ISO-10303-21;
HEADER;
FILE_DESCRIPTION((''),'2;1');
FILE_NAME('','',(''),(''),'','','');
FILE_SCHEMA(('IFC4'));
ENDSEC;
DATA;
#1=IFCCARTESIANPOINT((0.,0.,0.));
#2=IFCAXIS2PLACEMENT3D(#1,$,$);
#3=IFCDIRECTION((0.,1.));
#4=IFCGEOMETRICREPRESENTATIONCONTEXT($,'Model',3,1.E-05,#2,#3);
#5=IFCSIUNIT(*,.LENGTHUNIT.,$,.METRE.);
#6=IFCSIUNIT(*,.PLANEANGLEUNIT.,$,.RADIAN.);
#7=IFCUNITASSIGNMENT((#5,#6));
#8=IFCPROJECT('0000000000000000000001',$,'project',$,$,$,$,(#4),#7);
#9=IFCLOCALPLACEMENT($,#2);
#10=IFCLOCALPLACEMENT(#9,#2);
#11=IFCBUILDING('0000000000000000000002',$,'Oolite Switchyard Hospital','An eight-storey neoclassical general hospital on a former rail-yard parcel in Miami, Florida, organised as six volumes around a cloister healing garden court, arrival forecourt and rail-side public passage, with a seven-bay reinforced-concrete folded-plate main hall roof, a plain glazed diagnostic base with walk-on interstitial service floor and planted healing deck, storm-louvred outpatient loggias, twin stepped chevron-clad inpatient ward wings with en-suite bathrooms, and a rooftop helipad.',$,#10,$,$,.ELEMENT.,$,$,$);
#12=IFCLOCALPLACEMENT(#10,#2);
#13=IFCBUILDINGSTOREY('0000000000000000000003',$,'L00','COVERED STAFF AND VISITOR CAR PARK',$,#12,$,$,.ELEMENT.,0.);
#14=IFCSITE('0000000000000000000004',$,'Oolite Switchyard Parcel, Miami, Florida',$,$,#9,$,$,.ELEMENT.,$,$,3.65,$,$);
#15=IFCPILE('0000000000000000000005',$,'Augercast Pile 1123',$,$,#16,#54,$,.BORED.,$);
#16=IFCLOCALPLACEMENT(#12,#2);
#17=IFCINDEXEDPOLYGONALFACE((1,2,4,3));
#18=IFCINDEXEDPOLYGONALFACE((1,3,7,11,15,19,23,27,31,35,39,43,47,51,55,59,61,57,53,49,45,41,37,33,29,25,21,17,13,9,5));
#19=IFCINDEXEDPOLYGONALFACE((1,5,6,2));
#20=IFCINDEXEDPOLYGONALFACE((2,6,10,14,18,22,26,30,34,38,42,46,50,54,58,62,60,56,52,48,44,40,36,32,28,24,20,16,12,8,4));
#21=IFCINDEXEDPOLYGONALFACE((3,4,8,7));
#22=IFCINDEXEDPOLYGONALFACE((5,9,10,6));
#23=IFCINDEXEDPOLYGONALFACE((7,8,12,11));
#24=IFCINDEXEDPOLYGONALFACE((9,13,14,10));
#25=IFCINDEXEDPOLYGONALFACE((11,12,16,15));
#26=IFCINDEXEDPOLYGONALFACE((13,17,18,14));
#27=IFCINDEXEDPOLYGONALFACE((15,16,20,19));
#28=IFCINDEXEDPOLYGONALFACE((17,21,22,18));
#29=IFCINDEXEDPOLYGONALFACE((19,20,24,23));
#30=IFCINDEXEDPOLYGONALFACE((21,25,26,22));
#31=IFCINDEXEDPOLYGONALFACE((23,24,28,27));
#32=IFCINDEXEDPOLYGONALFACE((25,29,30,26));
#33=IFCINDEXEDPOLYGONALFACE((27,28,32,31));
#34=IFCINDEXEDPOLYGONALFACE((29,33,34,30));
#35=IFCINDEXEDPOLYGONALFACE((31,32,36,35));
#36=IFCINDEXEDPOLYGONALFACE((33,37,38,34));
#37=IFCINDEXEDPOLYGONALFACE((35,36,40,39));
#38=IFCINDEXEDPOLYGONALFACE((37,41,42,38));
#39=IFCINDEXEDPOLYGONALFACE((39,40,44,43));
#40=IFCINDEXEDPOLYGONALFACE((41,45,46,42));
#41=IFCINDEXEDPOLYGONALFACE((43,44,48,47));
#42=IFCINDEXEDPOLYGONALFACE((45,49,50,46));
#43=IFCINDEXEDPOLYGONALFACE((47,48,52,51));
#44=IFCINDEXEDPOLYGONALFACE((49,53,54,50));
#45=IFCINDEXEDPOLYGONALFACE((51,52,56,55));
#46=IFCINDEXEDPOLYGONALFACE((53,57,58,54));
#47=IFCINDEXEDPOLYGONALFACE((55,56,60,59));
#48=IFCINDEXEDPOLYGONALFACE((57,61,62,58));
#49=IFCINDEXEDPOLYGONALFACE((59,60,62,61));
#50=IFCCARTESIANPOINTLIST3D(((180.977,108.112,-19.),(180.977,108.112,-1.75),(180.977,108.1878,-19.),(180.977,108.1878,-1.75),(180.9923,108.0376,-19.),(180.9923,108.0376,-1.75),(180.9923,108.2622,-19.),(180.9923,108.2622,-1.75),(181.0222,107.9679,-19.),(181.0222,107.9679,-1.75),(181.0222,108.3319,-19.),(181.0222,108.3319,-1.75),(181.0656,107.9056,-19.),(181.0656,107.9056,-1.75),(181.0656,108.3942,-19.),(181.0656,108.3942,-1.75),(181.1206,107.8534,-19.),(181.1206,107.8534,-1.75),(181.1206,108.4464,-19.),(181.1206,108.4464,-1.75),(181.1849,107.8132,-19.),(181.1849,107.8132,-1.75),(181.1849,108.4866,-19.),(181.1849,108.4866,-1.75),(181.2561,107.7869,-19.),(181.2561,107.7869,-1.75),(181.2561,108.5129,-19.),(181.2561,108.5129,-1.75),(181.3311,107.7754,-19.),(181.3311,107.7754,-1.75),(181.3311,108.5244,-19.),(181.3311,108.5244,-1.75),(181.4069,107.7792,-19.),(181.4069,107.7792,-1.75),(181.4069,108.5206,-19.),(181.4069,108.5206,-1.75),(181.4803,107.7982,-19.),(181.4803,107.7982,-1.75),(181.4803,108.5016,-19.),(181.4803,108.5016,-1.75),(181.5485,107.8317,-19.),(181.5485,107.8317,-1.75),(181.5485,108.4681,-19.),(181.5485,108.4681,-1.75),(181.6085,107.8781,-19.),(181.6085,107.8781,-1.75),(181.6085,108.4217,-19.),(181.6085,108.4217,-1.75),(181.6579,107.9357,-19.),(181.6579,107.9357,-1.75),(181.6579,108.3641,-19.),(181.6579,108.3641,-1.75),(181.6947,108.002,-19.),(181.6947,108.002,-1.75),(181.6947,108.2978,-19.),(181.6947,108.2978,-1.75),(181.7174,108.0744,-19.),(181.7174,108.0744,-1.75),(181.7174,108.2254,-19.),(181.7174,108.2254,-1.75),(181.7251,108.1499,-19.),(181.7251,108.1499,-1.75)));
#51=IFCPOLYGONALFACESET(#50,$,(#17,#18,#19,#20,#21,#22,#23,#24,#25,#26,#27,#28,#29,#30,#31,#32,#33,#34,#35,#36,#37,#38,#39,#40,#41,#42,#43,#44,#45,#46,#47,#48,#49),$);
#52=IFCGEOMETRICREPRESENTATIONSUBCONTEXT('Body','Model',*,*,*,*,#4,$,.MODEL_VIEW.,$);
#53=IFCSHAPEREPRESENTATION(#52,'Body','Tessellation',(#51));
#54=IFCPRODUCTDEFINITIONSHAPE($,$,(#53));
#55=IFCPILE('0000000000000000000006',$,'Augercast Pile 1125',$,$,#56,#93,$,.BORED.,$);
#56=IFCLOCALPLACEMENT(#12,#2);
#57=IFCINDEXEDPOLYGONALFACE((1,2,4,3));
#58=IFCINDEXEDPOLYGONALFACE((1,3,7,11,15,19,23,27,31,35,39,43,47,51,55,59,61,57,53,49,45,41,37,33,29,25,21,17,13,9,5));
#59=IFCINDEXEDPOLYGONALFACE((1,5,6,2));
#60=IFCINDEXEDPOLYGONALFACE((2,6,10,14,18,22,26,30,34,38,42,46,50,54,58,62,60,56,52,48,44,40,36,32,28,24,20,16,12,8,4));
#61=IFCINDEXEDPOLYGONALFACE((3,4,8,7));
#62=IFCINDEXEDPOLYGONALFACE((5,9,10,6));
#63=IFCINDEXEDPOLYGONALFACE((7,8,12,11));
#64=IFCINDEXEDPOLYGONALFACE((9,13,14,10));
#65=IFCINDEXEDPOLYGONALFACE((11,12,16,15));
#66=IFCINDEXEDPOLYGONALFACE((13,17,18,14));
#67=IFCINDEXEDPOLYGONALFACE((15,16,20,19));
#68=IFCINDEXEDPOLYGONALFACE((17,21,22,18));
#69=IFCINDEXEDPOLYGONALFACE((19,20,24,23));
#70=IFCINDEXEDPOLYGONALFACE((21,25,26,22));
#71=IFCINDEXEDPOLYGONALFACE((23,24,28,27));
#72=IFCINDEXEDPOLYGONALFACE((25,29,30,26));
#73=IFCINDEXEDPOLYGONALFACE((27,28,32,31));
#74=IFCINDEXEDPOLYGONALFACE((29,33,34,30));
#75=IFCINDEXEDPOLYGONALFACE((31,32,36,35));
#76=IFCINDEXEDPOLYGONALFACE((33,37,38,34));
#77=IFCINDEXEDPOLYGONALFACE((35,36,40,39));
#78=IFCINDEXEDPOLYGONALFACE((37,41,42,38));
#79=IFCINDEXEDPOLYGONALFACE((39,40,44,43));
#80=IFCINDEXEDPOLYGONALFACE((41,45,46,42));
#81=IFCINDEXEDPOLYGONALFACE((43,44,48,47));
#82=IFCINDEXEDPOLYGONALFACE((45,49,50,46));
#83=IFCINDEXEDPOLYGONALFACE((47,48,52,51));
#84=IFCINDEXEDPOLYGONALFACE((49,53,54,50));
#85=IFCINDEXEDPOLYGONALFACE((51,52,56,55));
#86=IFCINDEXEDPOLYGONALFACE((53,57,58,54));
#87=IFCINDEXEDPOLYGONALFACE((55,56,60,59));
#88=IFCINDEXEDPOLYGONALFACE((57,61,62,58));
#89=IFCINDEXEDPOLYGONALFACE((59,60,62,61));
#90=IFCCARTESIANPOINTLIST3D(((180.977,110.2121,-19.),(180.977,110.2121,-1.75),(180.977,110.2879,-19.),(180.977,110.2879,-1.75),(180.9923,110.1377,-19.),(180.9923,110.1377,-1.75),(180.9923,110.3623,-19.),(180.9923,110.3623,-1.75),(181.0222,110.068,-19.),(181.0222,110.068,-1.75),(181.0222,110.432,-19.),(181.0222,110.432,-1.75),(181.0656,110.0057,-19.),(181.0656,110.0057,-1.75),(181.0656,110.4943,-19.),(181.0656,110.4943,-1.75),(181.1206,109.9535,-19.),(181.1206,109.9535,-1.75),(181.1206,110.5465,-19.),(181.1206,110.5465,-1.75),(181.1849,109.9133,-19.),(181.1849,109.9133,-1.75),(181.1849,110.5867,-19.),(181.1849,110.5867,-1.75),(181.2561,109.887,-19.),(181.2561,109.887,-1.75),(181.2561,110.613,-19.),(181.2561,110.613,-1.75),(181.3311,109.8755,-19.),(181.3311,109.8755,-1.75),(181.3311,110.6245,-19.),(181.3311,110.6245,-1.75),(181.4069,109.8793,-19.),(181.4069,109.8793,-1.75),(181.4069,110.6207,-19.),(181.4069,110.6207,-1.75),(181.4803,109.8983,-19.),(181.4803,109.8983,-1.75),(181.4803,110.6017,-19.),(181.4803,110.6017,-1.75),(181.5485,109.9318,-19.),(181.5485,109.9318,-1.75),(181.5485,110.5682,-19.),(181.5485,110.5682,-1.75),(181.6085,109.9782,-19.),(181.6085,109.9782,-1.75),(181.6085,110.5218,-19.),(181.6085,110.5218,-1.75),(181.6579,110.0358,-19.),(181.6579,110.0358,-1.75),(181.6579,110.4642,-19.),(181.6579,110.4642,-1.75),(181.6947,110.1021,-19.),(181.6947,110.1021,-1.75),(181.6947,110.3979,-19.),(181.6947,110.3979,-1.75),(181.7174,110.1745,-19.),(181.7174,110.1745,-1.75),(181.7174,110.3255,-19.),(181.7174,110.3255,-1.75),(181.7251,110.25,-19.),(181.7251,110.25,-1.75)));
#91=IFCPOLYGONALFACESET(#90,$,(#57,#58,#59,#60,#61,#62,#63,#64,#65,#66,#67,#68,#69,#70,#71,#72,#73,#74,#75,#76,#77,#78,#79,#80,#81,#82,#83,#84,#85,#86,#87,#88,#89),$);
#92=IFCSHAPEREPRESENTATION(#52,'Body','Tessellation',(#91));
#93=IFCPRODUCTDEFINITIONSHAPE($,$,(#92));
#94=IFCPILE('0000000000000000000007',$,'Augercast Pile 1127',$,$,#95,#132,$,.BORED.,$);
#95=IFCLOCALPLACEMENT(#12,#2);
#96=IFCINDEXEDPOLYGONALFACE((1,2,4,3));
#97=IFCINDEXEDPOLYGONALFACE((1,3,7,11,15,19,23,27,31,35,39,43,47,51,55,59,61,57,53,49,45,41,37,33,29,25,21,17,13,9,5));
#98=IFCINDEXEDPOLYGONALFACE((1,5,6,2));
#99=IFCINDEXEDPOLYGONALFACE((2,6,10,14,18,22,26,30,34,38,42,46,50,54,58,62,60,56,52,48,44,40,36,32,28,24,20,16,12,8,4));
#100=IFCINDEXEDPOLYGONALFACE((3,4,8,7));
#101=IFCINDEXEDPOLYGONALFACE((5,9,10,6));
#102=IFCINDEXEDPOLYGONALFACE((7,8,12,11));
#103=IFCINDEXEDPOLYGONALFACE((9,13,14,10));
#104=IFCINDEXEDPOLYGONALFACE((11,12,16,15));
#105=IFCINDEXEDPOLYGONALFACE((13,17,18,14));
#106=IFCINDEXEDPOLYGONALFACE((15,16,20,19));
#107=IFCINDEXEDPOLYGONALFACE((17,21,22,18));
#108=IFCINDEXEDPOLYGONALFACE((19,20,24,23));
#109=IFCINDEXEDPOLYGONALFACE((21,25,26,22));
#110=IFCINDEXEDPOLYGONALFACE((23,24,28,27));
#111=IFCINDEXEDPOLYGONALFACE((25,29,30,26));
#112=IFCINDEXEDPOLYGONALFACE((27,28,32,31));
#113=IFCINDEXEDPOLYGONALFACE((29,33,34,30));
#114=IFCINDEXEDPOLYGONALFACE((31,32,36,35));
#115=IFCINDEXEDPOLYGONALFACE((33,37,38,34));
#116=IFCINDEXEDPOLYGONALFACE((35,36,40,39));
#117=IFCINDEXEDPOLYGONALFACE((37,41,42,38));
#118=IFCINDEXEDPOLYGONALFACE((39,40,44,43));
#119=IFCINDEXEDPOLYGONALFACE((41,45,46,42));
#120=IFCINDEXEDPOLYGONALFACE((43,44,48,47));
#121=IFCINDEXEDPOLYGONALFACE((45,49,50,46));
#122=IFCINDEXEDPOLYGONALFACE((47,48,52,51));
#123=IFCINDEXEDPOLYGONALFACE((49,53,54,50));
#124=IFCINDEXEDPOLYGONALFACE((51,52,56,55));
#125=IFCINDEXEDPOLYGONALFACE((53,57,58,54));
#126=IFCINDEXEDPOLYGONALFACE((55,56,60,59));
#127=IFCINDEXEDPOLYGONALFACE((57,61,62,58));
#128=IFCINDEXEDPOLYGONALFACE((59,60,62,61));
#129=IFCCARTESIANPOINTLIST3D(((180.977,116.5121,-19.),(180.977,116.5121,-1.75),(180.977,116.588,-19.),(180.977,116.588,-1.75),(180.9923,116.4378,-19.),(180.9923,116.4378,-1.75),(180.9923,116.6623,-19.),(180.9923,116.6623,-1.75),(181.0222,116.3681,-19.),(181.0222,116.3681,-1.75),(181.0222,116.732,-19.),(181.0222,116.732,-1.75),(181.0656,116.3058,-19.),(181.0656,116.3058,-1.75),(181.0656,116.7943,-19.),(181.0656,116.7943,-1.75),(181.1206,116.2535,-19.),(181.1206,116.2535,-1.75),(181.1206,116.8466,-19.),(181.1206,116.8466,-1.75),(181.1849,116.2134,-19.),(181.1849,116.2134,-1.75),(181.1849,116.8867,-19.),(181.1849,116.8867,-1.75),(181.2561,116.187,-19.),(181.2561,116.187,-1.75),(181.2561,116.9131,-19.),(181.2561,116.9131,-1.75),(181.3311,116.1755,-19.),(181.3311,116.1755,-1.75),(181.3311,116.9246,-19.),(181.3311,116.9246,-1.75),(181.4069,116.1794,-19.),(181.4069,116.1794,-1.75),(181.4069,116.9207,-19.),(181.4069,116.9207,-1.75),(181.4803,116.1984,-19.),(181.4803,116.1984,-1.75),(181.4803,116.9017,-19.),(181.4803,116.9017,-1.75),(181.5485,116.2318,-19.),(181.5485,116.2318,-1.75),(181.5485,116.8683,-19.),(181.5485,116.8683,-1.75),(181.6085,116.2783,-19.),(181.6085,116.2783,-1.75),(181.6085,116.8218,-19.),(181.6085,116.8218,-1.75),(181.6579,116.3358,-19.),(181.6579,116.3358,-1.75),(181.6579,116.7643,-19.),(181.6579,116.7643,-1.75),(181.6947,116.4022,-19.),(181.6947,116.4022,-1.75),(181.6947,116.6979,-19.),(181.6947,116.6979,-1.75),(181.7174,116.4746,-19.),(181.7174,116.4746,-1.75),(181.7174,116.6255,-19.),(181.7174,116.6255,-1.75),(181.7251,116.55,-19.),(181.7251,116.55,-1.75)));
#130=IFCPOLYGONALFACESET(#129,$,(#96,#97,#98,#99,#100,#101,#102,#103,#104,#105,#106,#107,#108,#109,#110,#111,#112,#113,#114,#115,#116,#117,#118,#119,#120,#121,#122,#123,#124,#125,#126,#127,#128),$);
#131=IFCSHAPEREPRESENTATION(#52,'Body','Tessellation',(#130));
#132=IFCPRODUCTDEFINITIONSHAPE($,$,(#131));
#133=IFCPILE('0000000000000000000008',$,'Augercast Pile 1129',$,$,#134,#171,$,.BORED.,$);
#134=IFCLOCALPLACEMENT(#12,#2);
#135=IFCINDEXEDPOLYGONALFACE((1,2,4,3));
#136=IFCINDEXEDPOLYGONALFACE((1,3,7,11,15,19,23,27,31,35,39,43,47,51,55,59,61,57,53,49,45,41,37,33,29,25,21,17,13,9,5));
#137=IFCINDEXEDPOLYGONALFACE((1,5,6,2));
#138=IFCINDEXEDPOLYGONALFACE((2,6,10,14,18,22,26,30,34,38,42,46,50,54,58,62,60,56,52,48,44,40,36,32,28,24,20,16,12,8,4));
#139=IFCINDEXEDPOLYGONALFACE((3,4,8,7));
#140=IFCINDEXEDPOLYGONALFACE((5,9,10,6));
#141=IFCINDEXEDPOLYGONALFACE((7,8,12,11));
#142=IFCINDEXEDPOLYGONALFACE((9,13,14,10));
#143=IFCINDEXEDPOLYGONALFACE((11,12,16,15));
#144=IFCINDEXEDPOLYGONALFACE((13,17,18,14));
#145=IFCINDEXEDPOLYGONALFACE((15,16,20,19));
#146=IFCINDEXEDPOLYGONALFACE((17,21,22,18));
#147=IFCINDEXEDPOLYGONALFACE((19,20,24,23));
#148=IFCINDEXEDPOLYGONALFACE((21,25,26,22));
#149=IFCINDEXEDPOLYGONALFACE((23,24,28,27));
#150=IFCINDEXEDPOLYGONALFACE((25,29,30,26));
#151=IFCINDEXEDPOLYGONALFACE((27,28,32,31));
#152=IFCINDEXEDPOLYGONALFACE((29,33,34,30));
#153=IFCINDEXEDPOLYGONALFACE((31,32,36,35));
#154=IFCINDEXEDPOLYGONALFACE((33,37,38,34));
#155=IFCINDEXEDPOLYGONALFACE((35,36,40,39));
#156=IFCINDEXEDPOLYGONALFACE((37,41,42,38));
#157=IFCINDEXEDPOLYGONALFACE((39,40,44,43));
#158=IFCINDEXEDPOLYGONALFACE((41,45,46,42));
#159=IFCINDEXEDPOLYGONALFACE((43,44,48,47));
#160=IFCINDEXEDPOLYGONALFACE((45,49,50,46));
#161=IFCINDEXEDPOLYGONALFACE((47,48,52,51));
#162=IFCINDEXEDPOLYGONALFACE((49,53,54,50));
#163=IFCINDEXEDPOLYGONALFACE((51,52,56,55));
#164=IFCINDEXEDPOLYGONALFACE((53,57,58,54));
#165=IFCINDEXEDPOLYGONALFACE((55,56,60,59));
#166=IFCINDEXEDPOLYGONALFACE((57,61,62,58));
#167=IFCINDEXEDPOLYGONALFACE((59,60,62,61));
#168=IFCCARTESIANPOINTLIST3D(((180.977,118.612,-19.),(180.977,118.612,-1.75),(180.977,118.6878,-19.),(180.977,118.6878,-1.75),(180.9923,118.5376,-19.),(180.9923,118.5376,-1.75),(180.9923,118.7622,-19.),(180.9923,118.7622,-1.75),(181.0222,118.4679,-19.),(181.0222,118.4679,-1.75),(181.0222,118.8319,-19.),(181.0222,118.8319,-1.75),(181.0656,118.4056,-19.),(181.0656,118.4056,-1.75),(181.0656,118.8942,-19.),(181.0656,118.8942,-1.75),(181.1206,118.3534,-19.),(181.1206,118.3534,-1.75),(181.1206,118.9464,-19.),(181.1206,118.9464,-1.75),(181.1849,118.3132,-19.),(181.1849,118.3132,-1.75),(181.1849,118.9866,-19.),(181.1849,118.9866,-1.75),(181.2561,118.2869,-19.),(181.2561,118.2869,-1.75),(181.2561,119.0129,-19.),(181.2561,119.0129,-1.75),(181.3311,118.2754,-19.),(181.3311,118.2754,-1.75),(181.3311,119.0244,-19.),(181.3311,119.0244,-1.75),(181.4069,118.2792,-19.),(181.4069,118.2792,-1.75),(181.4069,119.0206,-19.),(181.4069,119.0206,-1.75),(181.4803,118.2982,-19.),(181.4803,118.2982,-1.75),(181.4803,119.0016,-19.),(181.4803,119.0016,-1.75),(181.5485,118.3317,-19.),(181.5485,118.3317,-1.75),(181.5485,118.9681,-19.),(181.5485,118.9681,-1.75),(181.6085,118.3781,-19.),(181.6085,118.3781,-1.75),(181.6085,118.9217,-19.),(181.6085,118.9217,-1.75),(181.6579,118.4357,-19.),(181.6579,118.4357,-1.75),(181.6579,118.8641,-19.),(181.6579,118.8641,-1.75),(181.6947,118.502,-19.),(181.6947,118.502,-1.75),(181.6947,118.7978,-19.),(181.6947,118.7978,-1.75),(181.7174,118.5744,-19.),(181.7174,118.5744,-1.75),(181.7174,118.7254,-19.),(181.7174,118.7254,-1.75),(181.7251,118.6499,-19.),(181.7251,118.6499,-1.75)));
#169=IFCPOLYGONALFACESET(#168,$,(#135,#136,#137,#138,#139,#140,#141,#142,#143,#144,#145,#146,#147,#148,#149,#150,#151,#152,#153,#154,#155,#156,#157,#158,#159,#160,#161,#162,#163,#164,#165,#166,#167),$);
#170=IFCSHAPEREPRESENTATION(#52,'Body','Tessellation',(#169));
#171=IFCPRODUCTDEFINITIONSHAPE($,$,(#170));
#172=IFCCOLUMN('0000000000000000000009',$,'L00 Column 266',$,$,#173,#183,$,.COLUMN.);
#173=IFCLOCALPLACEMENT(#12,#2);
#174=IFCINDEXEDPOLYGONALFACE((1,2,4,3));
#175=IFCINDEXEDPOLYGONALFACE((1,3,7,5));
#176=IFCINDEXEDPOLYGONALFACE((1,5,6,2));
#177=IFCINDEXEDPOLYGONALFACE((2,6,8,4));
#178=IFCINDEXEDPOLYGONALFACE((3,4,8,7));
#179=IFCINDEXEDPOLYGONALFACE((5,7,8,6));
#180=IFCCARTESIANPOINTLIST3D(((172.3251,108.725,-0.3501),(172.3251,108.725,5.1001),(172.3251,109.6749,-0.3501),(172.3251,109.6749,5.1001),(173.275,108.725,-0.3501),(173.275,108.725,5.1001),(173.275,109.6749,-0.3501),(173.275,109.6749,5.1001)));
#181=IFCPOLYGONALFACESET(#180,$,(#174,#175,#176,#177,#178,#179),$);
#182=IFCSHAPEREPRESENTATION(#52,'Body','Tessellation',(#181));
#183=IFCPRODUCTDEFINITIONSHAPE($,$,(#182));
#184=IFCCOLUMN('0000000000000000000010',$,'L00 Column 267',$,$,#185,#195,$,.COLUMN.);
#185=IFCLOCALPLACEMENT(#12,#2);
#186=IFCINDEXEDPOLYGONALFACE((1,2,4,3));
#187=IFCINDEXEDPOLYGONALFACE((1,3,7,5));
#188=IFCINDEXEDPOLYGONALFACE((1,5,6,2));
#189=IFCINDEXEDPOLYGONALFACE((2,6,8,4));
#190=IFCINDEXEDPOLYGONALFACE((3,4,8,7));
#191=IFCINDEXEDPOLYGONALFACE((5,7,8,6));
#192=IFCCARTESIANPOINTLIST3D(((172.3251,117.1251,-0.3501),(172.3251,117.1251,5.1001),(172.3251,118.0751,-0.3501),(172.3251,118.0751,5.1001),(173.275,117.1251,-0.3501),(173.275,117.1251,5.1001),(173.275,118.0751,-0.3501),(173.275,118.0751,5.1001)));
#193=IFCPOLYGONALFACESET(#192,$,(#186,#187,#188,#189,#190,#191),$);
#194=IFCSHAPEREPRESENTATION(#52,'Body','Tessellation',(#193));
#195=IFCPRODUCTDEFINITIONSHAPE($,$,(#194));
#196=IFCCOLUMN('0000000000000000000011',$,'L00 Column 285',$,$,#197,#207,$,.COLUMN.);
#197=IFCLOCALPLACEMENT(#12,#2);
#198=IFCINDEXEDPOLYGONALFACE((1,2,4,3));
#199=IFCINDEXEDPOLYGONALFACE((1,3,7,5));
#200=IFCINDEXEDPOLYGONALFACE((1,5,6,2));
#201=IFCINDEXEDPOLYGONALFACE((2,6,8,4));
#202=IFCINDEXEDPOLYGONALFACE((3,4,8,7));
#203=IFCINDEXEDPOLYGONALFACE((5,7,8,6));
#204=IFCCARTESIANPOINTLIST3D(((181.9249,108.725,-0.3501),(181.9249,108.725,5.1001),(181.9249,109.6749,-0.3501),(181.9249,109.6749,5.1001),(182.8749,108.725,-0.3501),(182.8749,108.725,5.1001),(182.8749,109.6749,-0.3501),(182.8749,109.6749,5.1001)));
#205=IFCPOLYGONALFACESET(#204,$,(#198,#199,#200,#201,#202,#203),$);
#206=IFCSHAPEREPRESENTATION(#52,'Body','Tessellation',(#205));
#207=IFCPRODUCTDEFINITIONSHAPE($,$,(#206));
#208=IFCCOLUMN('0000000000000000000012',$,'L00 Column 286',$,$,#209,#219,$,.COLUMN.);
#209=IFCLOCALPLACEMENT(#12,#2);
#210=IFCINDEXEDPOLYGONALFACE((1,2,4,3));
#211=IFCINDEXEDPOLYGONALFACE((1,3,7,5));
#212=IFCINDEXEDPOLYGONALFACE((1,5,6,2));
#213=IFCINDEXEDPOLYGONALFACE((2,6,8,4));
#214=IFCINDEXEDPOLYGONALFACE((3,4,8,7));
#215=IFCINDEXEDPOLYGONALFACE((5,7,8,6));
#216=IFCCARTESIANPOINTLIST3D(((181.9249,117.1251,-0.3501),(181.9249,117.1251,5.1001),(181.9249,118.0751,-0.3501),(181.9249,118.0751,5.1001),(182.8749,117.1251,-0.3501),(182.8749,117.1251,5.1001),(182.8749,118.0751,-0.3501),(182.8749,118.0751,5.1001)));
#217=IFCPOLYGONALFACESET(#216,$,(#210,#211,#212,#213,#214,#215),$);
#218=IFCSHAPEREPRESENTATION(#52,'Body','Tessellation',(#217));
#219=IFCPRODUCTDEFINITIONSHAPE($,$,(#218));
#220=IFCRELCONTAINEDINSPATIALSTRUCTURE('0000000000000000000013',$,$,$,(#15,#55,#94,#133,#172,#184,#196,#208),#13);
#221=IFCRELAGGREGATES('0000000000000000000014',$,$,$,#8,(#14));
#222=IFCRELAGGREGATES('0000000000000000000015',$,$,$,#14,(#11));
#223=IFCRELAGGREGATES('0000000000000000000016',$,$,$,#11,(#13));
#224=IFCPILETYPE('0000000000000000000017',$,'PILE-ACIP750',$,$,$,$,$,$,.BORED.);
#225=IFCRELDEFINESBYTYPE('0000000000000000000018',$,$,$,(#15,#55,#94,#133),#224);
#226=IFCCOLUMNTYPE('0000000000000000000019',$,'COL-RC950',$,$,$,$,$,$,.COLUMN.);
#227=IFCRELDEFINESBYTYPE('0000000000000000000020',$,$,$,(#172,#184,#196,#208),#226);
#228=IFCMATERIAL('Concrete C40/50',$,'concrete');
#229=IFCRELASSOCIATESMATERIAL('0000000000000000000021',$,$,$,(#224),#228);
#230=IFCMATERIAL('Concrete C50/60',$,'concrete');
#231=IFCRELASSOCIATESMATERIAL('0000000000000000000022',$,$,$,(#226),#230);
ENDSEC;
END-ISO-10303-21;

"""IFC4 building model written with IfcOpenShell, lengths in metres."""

from ifc_helpers import new_model, si_unit, direction, frame, origin, origin_2d, place, context, subcontext, project, spatial, rectangle, circle, extrude, material, material_profile, profile_set, type_object, element, save


model = new_model("IFC4")

# Units and contexts
model_context = context("Model", 3, precision=1e-05, world=origin(), true_north=direction((0.0, 1.0)))
body_context = subcontext(model_context, "Body", "Model", "MODEL_VIEW")
ifc_project = project(units=[si_unit("LENGTHUNIT", "METRE"), si_unit("PLANEANGLEUNIT", "RADIAN")], contexts=[model_context])

# Site, building, storey
site_placement = place(None, origin())
site = spatial("IfcSite", under=ifc_project, at=site_placement, Name="Oolite Switchyard Parcel, Miami, Florida", CompositionType="ELEMENT", RefElevation=3.65)
building_placement = place(site_placement, origin())
building = spatial("IfcBuilding", under=site, at=building_placement, Name="Oolite Switchyard Hospital", Description="An eight-storey neoclassical general hospital on a former rail-yard parcel in Miami, Florida, organised as six volumes around a cloister healing garden court, arrival forecourt and rail-side public passage, with a seven-bay reinforced-concrete folded-plate main hall roof, a plain glazed diagnostic base with walk-on interstitial service floor and planted healing deck, storm-louvred outpatient loggias, twin stepped chevron-clad inpatient ward wings with en-suite bathrooms, and a rooftop helipad.", CompositionType="ELEMENT")
storey_placement = place(building_placement, origin())
storey = spatial("IfcBuildingStorey", under=building, at=storey_placement, Name="L00", Description="COVERED STAFF AND VISITOR CAR PARK", CompositionType="ELEMENT", Elevation=0.0)

# Shared definitions
ifc_material_1 = material(Name="Concrete C40/50", Category="concrete")

# Piles
ifc_material_profile_1 = material_profile(ifc_material_1, circle(Radius=0.375, at=origin_2d()), Name="PILE750")
ifc_profile_set_1 = profile_set([ifc_material_profile_1], Name="Concrete C40/50")
pile_type = type_object("IfcPileType", Name="PILE-ACIP750", PredefinedType="BORED", material=ifc_profile_set_1)
for number, where, z_axis, x_axis, name in (
    (1, (181.3501, 108.1499, -1.75), (0.0, 0.0, -1.0), (1.0, 0.0, 0.0), "Augercast Pile 1123"),
    (2, (181.3501, 110.25, -1.75), (0.0, 0.0, -1.0), (1.0, 0.0, 0.0), "Augercast Pile 1125"),
    (3, (181.3501, 116.55, -1.75), (0.0, 0.0, -1.0), (1.0, 0.0, 0.0), "Augercast Pile 1127"),
    (4, (181.3501, 118.6499, -1.75), (0.0, 0.0, -1.0), (1.0, 0.0, 0.0), "Augercast Pile 1129"),
):
    element("IfcPile", number, at=place(storey_placement, frame(where, z_axis=z_axis, x_axis=x_axis)), inside=storey, type_object=pile_type, Name=name, PredefinedType="BORED", context=body_context, shape_type="SweptSolid", body=[
        extrude(circle(Radius=0.375, at=origin_2d()), origin(), (0.0, 0.0, 1.0), 17.25),
    ])

# Columns
ifc_material_2 = material(Name="Concrete C50/60", Category="concrete")
ifc_material_profile_2 = material_profile(ifc_material_2, rectangle(XDim=0.95, YDim=0.95, at=origin_2d()), Name="RC950X950")
ifc_profile_set_2 = profile_set([ifc_material_profile_2], Name="Concrete C50/60")
column_type = type_object("IfcColumnType", Name="COL-RC950", PredefinedType="COLUMN", material=ifc_profile_set_2)
for number, where, z_axis, x_axis, name in (
    (5, (172.8, 109.2, -0.3501), (0.0, 0.0, 1.0), (1.0, 0.0, 0.0), "L00 Column 266"),
    (6, (172.8, 117.6001, -0.3501), (0.0, 0.0, 1.0), (1.0, 0.0, 0.0), "L00 Column 267"),
    (7, (182.3999, 109.2, -0.3501), (0.0, 0.0, 1.0), (1.0, 0.0, 0.0), "L00 Column 285"),
    (8, (182.3999, 117.6001, -0.3501), (0.0, 0.0, 1.0), (1.0, 0.0, 0.0), "L00 Column 286"),
):
    element("IfcColumn", number, at=place(storey_placement, frame(where, z_axis=z_axis, x_axis=x_axis)), inside=storey, type_object=column_type, Name=name, PredefinedType="COLUMN", context=body_context, shape_type="SweptSolid", body=[
        extrude(rectangle(XDim=0.95, YDim=0.95, at=origin_2d()), origin(), (0.0, 0.0, 1.0), 5.4502),
    ])

save(model, "model.ifc")
